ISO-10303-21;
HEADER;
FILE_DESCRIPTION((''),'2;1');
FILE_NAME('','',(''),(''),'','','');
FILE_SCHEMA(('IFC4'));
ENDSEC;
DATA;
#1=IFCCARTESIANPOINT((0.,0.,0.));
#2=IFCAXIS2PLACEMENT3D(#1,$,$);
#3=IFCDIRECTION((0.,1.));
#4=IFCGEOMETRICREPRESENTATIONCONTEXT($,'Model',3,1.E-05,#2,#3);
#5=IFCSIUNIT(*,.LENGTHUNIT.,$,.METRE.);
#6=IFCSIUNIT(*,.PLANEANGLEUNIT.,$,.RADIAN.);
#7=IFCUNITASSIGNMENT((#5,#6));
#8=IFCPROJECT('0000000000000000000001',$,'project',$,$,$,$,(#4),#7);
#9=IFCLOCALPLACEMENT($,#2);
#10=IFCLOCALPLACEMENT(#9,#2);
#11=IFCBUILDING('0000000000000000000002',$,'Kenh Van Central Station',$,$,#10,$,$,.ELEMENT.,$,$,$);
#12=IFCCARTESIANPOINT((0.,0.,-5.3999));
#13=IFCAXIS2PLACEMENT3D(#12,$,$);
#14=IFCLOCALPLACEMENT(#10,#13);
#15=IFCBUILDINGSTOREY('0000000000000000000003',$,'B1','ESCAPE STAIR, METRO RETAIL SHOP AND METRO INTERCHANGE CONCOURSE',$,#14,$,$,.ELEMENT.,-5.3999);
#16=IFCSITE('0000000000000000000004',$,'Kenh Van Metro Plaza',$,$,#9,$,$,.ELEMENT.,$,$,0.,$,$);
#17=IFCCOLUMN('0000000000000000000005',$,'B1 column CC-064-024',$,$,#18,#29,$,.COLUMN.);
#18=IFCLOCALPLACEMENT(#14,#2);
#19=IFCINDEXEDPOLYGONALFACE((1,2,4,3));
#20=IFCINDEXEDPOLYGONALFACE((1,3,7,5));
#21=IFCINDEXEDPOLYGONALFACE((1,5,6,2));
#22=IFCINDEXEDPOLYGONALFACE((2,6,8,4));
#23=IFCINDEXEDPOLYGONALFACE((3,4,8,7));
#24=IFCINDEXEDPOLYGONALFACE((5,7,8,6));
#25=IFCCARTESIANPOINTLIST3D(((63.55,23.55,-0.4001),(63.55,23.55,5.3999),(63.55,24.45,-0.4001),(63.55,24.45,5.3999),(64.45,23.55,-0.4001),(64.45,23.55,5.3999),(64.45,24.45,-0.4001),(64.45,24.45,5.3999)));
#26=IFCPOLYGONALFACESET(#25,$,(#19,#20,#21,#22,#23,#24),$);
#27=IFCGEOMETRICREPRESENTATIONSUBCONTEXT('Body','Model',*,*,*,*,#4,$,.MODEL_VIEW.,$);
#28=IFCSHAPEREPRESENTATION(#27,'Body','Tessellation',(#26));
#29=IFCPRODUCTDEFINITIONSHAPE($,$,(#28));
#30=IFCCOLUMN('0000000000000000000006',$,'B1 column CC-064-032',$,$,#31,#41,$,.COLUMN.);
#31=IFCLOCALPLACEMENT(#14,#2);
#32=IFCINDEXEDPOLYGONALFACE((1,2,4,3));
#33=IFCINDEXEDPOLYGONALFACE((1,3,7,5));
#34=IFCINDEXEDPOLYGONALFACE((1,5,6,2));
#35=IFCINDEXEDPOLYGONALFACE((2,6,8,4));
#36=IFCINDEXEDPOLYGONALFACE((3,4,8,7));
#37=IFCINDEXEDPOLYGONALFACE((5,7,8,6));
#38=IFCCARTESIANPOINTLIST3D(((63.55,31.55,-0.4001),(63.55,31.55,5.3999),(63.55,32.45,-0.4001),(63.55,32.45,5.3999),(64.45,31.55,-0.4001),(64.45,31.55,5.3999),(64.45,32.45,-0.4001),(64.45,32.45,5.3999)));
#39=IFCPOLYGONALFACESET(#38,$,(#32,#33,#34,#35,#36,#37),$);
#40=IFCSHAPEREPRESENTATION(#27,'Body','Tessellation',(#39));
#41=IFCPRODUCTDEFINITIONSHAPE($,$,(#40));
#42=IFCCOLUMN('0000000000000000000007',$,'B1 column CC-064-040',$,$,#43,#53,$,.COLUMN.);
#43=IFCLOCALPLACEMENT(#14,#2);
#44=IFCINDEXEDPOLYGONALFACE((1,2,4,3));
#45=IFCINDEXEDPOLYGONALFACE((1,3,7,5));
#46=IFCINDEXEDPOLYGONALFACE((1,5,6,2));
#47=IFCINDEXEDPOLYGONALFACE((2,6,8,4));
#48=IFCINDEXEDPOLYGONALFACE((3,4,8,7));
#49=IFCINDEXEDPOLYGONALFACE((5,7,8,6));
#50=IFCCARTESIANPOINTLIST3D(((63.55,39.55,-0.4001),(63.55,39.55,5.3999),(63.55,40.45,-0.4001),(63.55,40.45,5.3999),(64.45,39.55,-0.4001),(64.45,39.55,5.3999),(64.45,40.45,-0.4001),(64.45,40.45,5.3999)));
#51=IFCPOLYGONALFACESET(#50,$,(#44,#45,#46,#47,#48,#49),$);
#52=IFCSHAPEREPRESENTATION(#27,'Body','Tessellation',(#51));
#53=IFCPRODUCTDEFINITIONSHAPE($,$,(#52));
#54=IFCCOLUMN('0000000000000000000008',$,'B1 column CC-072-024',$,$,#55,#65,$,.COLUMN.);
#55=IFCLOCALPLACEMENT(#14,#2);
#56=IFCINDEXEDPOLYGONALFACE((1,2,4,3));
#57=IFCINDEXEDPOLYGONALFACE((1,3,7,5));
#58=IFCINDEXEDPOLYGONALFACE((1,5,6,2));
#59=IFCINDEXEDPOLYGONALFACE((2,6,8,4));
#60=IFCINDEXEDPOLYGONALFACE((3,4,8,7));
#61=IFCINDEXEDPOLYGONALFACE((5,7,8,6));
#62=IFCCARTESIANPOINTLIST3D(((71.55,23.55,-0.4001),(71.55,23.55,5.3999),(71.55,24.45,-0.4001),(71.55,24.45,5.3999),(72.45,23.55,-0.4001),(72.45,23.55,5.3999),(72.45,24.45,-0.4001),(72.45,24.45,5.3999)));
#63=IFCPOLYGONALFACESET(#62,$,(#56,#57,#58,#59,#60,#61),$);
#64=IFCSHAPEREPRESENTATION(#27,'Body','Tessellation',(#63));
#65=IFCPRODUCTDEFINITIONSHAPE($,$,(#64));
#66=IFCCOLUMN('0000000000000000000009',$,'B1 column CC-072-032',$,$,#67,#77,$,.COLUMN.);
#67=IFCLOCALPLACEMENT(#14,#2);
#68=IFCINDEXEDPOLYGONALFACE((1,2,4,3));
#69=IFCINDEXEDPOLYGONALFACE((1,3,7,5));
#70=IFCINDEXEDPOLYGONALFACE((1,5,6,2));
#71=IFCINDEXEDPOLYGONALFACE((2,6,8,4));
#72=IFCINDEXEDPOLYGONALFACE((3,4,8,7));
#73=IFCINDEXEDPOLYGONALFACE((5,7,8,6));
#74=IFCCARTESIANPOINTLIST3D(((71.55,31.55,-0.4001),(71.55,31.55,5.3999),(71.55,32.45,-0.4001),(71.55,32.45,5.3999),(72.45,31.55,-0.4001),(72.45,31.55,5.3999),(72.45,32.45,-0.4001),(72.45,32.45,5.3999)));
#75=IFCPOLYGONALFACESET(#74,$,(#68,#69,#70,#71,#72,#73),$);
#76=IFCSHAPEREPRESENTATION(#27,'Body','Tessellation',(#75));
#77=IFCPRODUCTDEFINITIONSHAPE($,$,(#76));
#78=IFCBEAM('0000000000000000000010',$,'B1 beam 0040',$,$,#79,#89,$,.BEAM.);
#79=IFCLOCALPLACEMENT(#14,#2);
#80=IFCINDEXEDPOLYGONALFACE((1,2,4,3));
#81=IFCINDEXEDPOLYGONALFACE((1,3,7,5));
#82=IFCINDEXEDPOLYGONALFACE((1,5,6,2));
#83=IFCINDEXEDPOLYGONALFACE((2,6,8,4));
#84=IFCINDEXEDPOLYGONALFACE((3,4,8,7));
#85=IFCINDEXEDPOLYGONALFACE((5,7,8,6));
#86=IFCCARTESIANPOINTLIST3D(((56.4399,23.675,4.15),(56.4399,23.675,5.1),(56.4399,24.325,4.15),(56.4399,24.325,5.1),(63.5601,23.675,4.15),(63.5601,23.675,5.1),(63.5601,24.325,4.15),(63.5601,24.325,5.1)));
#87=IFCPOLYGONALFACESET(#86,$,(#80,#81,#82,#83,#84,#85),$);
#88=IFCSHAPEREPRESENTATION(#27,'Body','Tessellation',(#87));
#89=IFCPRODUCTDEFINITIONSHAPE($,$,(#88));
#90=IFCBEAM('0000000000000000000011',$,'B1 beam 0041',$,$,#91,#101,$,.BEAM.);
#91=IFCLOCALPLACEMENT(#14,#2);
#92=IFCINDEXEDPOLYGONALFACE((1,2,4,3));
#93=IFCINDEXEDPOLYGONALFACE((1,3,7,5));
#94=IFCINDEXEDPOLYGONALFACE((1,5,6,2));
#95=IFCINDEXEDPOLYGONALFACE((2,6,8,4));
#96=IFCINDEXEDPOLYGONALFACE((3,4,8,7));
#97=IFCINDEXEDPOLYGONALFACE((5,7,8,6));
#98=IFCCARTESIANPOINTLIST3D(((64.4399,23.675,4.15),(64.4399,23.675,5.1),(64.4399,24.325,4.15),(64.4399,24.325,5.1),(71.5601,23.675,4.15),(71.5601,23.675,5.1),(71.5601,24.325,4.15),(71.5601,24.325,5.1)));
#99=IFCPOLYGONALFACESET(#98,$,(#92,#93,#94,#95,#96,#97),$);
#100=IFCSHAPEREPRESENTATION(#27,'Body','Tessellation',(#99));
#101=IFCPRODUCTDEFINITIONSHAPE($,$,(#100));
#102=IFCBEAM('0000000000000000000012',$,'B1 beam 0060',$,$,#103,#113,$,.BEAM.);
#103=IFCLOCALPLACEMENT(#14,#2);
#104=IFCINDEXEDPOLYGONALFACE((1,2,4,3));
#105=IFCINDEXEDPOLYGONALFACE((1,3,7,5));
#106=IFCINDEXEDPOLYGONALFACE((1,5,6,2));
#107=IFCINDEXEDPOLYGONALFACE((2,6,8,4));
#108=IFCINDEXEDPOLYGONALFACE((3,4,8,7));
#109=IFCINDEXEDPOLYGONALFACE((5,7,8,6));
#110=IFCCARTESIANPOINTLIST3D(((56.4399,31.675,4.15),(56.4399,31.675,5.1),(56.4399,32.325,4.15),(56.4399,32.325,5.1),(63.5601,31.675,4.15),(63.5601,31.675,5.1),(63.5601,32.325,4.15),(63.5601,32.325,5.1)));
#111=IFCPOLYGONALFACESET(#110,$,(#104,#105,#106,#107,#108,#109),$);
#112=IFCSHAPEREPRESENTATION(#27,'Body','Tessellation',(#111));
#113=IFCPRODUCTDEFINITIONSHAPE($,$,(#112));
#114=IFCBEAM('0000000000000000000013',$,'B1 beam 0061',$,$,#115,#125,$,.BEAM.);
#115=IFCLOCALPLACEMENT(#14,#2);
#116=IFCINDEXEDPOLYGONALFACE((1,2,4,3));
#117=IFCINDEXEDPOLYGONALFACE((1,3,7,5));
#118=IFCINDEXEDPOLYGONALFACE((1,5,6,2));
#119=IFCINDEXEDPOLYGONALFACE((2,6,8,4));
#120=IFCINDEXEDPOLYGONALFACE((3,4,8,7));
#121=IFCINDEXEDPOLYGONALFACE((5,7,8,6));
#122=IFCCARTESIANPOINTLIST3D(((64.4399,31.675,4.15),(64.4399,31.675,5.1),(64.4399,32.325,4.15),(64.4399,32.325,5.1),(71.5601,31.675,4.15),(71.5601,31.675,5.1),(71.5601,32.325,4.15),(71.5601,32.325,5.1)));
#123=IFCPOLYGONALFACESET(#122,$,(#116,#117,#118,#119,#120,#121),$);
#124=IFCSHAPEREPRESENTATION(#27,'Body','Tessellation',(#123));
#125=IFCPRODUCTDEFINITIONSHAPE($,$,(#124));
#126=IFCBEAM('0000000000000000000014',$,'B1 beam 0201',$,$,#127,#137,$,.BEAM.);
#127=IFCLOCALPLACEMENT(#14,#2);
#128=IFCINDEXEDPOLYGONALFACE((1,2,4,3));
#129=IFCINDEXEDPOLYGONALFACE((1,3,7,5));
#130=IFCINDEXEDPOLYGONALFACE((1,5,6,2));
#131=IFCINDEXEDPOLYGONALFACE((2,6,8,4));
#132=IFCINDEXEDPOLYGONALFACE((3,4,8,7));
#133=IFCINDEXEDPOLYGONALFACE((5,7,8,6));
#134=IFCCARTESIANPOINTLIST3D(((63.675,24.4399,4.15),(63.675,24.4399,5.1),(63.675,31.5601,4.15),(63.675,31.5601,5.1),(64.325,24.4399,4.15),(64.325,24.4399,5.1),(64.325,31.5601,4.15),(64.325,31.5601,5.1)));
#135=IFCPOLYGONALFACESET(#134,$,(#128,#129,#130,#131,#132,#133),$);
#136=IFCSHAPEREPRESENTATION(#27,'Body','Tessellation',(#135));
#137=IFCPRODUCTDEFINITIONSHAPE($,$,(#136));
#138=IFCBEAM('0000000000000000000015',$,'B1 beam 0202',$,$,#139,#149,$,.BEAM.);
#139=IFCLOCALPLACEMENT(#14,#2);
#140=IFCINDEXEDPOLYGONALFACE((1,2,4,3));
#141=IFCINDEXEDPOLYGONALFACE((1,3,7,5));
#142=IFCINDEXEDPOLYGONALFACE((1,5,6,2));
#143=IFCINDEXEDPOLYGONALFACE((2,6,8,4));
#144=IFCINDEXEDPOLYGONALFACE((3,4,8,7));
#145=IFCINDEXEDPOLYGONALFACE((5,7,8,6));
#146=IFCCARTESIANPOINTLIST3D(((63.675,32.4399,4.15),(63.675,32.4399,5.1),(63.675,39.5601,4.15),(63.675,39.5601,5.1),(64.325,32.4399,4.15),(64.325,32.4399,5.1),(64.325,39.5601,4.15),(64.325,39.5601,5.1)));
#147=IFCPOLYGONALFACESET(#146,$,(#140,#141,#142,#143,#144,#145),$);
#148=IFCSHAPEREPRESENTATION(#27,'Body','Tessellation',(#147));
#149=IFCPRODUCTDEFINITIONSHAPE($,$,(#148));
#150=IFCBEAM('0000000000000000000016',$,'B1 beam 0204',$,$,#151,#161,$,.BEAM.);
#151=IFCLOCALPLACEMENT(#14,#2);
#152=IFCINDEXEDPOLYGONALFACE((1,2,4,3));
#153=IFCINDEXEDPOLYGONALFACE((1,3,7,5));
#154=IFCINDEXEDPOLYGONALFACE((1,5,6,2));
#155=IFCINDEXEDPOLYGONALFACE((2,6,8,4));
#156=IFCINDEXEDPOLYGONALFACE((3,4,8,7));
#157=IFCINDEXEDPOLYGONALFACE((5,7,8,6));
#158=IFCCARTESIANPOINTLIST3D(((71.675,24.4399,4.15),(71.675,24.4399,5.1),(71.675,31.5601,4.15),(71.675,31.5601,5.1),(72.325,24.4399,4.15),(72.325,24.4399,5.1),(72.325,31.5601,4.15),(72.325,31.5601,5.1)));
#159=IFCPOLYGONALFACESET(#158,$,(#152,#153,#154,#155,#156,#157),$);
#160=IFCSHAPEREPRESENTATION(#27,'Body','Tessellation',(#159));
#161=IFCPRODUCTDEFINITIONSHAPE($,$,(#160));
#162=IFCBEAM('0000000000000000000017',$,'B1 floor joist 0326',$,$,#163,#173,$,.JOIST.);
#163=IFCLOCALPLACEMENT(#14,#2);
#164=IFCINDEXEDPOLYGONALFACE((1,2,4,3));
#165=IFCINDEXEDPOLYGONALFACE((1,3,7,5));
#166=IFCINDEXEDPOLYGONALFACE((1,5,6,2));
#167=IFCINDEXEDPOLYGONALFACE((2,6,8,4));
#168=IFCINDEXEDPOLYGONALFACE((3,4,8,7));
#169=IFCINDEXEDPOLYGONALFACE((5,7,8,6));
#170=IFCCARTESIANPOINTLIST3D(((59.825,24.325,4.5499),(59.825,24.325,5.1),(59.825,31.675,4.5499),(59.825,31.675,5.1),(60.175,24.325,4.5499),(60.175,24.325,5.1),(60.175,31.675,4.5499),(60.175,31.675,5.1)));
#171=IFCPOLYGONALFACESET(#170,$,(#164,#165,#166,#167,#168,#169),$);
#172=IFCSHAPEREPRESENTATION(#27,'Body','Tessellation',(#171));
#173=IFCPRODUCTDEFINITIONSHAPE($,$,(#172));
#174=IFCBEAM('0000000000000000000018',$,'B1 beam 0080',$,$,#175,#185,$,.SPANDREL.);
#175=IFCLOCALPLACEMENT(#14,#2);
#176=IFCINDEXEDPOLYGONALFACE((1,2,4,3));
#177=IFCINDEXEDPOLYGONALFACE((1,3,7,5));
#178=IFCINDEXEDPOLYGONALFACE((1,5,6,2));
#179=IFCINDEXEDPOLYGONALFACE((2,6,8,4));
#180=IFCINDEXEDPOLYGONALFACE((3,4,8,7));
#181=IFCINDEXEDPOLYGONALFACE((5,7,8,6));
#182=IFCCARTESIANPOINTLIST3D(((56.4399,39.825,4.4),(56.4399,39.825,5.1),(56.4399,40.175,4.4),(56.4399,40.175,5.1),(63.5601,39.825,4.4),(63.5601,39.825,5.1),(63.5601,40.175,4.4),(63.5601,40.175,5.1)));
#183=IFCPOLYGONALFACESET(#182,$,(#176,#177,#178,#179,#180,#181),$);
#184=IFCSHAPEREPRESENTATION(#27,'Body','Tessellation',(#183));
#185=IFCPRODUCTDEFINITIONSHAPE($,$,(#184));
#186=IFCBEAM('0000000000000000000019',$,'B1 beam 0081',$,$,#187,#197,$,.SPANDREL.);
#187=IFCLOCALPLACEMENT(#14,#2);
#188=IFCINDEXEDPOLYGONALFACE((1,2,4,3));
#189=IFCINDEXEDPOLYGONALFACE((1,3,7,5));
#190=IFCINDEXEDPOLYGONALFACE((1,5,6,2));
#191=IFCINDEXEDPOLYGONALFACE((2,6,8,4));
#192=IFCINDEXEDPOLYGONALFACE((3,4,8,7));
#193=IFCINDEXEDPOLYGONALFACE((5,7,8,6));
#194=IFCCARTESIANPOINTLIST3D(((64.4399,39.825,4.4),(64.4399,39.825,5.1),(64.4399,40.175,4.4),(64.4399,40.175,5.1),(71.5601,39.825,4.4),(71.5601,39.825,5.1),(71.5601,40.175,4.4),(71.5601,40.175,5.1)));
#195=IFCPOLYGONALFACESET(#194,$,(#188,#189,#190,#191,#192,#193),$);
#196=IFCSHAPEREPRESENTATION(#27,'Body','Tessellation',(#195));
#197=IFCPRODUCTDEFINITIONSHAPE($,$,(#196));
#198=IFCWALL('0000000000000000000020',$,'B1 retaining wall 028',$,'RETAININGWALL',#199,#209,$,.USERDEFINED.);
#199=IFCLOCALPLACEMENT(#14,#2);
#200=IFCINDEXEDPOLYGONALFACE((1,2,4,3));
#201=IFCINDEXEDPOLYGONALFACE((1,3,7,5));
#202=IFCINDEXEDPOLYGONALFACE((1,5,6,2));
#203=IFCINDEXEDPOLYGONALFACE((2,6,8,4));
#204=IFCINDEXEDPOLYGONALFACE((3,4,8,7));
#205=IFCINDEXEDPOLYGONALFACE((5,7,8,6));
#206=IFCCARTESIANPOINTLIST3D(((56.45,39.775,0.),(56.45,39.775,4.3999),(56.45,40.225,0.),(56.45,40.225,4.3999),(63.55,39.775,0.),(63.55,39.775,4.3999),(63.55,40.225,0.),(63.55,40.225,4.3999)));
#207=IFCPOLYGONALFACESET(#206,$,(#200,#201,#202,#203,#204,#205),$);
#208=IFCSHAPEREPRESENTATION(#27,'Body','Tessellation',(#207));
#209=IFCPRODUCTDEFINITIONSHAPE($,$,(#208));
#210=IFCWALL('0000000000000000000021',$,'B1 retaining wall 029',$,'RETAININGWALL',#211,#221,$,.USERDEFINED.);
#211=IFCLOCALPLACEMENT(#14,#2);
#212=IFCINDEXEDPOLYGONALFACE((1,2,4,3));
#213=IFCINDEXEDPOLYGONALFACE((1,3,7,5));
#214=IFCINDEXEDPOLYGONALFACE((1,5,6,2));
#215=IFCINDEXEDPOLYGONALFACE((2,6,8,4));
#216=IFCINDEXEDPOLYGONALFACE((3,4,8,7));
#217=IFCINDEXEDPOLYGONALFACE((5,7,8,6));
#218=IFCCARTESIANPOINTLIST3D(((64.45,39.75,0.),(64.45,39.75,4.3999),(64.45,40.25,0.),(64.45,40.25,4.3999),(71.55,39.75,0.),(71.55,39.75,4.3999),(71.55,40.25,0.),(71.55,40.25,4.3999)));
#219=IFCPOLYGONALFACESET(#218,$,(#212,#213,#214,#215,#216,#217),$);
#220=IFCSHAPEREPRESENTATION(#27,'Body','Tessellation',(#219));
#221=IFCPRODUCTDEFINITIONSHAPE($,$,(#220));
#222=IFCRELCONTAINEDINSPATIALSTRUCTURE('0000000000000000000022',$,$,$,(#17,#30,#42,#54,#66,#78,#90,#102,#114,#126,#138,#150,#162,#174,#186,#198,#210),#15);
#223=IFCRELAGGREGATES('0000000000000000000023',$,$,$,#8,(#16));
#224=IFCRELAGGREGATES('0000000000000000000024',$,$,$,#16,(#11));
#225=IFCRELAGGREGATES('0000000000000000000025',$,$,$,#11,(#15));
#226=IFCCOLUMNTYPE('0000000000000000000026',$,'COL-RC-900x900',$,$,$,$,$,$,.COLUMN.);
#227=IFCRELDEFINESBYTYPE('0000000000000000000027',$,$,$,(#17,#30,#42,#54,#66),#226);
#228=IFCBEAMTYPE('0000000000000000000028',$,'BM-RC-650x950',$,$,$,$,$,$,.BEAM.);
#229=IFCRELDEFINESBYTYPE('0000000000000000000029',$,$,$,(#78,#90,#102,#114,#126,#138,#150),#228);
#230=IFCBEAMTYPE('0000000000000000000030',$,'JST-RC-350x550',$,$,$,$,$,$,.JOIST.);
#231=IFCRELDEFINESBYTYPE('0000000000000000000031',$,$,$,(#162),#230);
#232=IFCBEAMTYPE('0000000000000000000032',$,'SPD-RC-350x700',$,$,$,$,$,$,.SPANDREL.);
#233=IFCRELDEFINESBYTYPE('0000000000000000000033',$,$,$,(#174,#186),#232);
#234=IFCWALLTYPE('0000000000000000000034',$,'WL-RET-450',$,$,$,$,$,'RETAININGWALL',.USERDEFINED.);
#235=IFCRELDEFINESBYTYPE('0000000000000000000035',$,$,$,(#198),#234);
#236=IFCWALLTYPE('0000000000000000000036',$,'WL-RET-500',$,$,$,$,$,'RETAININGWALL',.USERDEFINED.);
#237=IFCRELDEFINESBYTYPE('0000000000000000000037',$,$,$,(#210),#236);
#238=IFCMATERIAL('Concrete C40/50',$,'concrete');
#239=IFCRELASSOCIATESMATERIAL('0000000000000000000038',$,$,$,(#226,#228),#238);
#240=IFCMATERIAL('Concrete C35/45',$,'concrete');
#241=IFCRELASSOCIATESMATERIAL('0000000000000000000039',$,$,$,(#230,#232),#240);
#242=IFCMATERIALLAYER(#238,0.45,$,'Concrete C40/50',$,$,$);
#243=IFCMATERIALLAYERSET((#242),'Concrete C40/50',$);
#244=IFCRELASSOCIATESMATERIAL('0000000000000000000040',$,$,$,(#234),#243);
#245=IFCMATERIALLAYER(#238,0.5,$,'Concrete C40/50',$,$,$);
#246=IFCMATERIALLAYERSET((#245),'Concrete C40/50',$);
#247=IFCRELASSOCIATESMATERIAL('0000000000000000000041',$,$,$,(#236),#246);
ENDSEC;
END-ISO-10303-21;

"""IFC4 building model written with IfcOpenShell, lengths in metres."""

from ifc_helpers import new_model, si_unit, direction, frame, frame_2d, origin, origin_2d, place, context, subcontext, project, spatial, rectangle, extrude, material, layer, layer_set, material_profile, profile_set, type_object, element, save


model = new_model("IFC4")

# Units and contexts
model_context = context("Model", 3, precision=1e-05, world=origin(), true_north=direction((0.0, 1.0)))
body_context = subcontext(model_context, "Body", "Model", "MODEL_VIEW")
ifc_project = project(units=[si_unit("LENGTHUNIT", "METRE"), si_unit("PLANEANGLEUNIT", "RADIAN")], contexts=[model_context])

# Site, building, storey
site_placement = place(None, origin())
site = spatial("IfcSite", under=ifc_project, at=site_placement, Name="Kenh Van Metro Plaza", CompositionType="ELEMENT", RefElevation=0.0)
building_placement = place(site_placement, origin())
building = spatial("IfcBuilding", under=site, at=building_placement, Name="Kenh Van Central Station", CompositionType="ELEMENT")
storey_placement = place(building_placement, frame((0.0, 0.0, -5.3999)))
storey = spatial("IfcBuildingStorey", under=building, at=storey_placement, Name="B1", Description="ESCAPE STAIR, METRO RETAIL SHOP AND METRO INTERCHANGE CONCOURSE", CompositionType="ELEMENT", Elevation=-5.3999)

# Shared definitions
ifc_material_1 = material(Name="Concrete C40/50", Category="concrete")

# Columns
ifc_material_profile_1 = material_profile(ifc_material_1, rectangle(XDim=0.8999, YDim=0.8999, at=origin_2d()), Name="RC 900x900")
ifc_profile_set_1 = profile_set([ifc_material_profile_1], Name="Concrete C40/50")
column_type = type_object("IfcColumnType", Name="COL-RC-900x900", PredefinedType="COLUMN", material=ifc_profile_set_1)
for number, where, z_axis, x_axis, name in (
    (1, (64.0, 24.0, -0.4001), (0.0, 0.0, 1.0), (1.0, 0.0, 0.0), "B1 column CC-064-024"),
    (2, (64.0, 32.0, -0.4001), (0.0, 0.0, 1.0), (1.0, 0.0, 0.0), "B1 column CC-064-032"),
    (3, (64.0, 40.0, -0.4001), (0.0, 0.0, 1.0), (1.0, 0.0, 0.0), "B1 column CC-064-040"),
    (4, (72.0, 24.0, -0.4001), (0.0, 0.0, 1.0), (1.0, 0.0, 0.0), "B1 column CC-072-024"),
    (5, (72.0, 32.0, -0.4001), (0.0, 0.0, 1.0), (1.0, 0.0, 0.0), "B1 column CC-072-032"),
):
    element("IfcColumn", number, at=place(storey_placement, frame(where, z_axis=z_axis, x_axis=x_axis)), inside=storey, type_object=column_type, Name=name, PredefinedType="COLUMN", context=body_context, shape_type="SweptSolid", body=[
        extrude(rectangle(XDim=0.8999, YDim=0.8999, at=origin_2d()), origin(), (0.0, 0.0, 1.0), 5.8),
    ])

# Beams
ifc_material_profile_2 = material_profile(ifc_material_1, rectangle(XDim=0.6499, YDim=0.95, at=origin_2d()), Name="RC 650x950")
ifc_profile_set_2 = profile_set([ifc_material_profile_2], Name="Concrete C40/50")
beam_type_1 = type_object("IfcBeamType", Name="BM-RC-650x950", PredefinedType="BEAM", material=ifc_profile_set_2)
for number, where, z_axis, x_axis, name in (
    (6, (56.4399, 24.0, 4.625), (1.0, 0.0, 0.0), (0.0, 1.0, 0.0), "B1 beam 0040"),
    (7, (64.4399, 24.0, 4.625), (1.0, 0.0, 0.0), (0.0, 1.0, 0.0), "B1 beam 0041"),
    (8, (56.4399, 32.0, 4.625), (1.0, 0.0, 0.0), (0.0, 1.0, 0.0), "B1 beam 0060"),
    (9, (64.4399, 32.0, 4.625), (1.0, 0.0, 0.0), (0.0, 1.0, 0.0), "B1 beam 0061"),
    (10, (64.0, 24.4399, 4.625), (0.0, 1.0, 0.0), (-1.0, 0.0, 0.0), "B1 beam 0201"),
    (11, (64.0, 32.4399, 4.625), (0.0, 1.0, 0.0), (-1.0, 0.0, 0.0), "B1 beam 0202"),
    (12, (72.0, 24.4399, 4.625), (0.0, 1.0, 0.0), (-1.0, 0.0, 0.0), "B1 beam 0204"),
):
    element("IfcBeam", number, at=place(storey_placement, frame(where, z_axis=z_axis, x_axis=x_axis)), inside=storey, type_object=beam_type_1, Name=name, PredefinedType="BEAM", context=body_context, shape_type="SweptSolid", body=[
        extrude(rectangle(XDim=0.6499, YDim=0.95, at=origin_2d()), origin(), (0.0, 0.0, 1.0), 7.1201),
    ])
ifc_material_2 = material(Name="Concrete C35/45", Category="concrete")
ifc_material_profile_3 = material_profile(ifc_material_2, rectangle(XDim=0.3501, YDim=0.55, at=origin_2d()), Name="RC 350x550")
ifc_profile_set_3 = profile_set([ifc_material_profile_3], Name="Concrete C35/45")
beam_type_2 = type_object("IfcBeamType", Name="JST-RC-350x550", PredefinedType="JOIST", material=ifc_profile_set_3)
beam_placement = place(storey_placement, frame((60.0, 24.325, 4.825), z_axis=(0.0, 1.0, 0.0), x_axis=(-1.0, 0.0, 0.0)))
element("IfcBeam", 13, at=beam_placement, inside=storey, type_object=beam_type_2, Name="B1 floor joist 0326", PredefinedType="JOIST", context=body_context, shape_type="SweptSolid", body=[
    extrude(rectangle(XDim=0.3501, YDim=0.55, at=origin_2d()), origin(), (0.0, 0.0, 1.0), 7.3501),
])
ifc_material_profile_4 = material_profile(ifc_material_2, rectangle(XDim=0.3501, YDim=0.7, at=origin_2d()), Name="RC 350x700")
ifc_profile_set_4 = profile_set([ifc_material_profile_4], Name="Concrete C35/45")
beam_type_3 = type_object("IfcBeamType", Name="SPD-RC-350x700", PredefinedType="SPANDREL", material=ifc_profile_set_4)
for number, where, z_axis, x_axis, name in (
    (14, (56.4399, 40.0, 4.75), (1.0, 0.0, 0.0), (0.0, 1.0, 0.0), "B1 beam 0080"),
    (15, (64.4399, 40.0, 4.75), (1.0, 0.0, 0.0), (0.0, 1.0, 0.0), "B1 beam 0081"),
):
    element("IfcBeam", number, at=place(storey_placement, frame(where, z_axis=z_axis, x_axis=x_axis)), inside=storey, type_object=beam_type_3, Name=name, PredefinedType="SPANDREL", context=body_context, shape_type="SweptSolid", body=[
        extrude(rectangle(XDim=0.3501, YDim=0.7, at=origin_2d()), origin(), (0.0, 0.0, 1.0), 7.1201),
    ])

# Walls
ifc_layer_1 = layer(ifc_material_1, 0.45, Name="Concrete C40/50")
ifc_layer_set_1 = layer_set([ifc_layer_1], Name="Concrete C40/50")
wall_type_1 = type_object("IfcWallType", Name="WL-RET-450", ElementType="RETAININGWALL", PredefinedType="USERDEFINED", material=ifc_layer_set_1)
wall_1_placement = place(storey_placement, frame((56.45, 40.0, 0.0), z_axis=(0.0, 0.0, 1.0), x_axis=(1.0, 0.0, 0.0)))
element("IfcWall", 16, at=wall_1_placement, inside=storey, type_object=wall_type_1, Name="B1 retaining wall 028", ObjectType="RETAININGWALL", PredefinedType="USERDEFINED", context=body_context, shape_type="SweptSolid", body=[
    extrude(rectangle(XDim=7.1001, YDim=0.45, at=frame_2d((3.55, 0.0))), origin(), (0.0, 0.0, 1.0), 4.3999),
])
ifc_layer_2 = layer(ifc_material_1, 0.5, Name="Concrete C40/50")
ifc_layer_set_2 = layer_set([ifc_layer_2], Name="Concrete C40/50")
wall_type_2 = type_object("IfcWallType", Name="WL-RET-500", ElementType="RETAININGWALL", PredefinedType="USERDEFINED", material=ifc_layer_set_2)
wall_2_placement = place(storey_placement, frame((64.45, 40.0, 0.0), z_axis=(0.0, 0.0, 1.0), x_axis=(1.0, 0.0, 0.0)))
element("IfcWall", 17, at=wall_2_placement, inside=storey, type_object=wall_type_2, Name="B1 retaining wall 029", ObjectType="RETAININGWALL", PredefinedType="USERDEFINED", context=body_context, shape_type="SweptSolid", body=[
    extrude(rectangle(XDim=7.1001, YDim=0.5, at=frame_2d((3.55, 0.0))), origin(), (0.0, 0.0, 1.0), 4.3999),
])

save(model, "model.ifc")
